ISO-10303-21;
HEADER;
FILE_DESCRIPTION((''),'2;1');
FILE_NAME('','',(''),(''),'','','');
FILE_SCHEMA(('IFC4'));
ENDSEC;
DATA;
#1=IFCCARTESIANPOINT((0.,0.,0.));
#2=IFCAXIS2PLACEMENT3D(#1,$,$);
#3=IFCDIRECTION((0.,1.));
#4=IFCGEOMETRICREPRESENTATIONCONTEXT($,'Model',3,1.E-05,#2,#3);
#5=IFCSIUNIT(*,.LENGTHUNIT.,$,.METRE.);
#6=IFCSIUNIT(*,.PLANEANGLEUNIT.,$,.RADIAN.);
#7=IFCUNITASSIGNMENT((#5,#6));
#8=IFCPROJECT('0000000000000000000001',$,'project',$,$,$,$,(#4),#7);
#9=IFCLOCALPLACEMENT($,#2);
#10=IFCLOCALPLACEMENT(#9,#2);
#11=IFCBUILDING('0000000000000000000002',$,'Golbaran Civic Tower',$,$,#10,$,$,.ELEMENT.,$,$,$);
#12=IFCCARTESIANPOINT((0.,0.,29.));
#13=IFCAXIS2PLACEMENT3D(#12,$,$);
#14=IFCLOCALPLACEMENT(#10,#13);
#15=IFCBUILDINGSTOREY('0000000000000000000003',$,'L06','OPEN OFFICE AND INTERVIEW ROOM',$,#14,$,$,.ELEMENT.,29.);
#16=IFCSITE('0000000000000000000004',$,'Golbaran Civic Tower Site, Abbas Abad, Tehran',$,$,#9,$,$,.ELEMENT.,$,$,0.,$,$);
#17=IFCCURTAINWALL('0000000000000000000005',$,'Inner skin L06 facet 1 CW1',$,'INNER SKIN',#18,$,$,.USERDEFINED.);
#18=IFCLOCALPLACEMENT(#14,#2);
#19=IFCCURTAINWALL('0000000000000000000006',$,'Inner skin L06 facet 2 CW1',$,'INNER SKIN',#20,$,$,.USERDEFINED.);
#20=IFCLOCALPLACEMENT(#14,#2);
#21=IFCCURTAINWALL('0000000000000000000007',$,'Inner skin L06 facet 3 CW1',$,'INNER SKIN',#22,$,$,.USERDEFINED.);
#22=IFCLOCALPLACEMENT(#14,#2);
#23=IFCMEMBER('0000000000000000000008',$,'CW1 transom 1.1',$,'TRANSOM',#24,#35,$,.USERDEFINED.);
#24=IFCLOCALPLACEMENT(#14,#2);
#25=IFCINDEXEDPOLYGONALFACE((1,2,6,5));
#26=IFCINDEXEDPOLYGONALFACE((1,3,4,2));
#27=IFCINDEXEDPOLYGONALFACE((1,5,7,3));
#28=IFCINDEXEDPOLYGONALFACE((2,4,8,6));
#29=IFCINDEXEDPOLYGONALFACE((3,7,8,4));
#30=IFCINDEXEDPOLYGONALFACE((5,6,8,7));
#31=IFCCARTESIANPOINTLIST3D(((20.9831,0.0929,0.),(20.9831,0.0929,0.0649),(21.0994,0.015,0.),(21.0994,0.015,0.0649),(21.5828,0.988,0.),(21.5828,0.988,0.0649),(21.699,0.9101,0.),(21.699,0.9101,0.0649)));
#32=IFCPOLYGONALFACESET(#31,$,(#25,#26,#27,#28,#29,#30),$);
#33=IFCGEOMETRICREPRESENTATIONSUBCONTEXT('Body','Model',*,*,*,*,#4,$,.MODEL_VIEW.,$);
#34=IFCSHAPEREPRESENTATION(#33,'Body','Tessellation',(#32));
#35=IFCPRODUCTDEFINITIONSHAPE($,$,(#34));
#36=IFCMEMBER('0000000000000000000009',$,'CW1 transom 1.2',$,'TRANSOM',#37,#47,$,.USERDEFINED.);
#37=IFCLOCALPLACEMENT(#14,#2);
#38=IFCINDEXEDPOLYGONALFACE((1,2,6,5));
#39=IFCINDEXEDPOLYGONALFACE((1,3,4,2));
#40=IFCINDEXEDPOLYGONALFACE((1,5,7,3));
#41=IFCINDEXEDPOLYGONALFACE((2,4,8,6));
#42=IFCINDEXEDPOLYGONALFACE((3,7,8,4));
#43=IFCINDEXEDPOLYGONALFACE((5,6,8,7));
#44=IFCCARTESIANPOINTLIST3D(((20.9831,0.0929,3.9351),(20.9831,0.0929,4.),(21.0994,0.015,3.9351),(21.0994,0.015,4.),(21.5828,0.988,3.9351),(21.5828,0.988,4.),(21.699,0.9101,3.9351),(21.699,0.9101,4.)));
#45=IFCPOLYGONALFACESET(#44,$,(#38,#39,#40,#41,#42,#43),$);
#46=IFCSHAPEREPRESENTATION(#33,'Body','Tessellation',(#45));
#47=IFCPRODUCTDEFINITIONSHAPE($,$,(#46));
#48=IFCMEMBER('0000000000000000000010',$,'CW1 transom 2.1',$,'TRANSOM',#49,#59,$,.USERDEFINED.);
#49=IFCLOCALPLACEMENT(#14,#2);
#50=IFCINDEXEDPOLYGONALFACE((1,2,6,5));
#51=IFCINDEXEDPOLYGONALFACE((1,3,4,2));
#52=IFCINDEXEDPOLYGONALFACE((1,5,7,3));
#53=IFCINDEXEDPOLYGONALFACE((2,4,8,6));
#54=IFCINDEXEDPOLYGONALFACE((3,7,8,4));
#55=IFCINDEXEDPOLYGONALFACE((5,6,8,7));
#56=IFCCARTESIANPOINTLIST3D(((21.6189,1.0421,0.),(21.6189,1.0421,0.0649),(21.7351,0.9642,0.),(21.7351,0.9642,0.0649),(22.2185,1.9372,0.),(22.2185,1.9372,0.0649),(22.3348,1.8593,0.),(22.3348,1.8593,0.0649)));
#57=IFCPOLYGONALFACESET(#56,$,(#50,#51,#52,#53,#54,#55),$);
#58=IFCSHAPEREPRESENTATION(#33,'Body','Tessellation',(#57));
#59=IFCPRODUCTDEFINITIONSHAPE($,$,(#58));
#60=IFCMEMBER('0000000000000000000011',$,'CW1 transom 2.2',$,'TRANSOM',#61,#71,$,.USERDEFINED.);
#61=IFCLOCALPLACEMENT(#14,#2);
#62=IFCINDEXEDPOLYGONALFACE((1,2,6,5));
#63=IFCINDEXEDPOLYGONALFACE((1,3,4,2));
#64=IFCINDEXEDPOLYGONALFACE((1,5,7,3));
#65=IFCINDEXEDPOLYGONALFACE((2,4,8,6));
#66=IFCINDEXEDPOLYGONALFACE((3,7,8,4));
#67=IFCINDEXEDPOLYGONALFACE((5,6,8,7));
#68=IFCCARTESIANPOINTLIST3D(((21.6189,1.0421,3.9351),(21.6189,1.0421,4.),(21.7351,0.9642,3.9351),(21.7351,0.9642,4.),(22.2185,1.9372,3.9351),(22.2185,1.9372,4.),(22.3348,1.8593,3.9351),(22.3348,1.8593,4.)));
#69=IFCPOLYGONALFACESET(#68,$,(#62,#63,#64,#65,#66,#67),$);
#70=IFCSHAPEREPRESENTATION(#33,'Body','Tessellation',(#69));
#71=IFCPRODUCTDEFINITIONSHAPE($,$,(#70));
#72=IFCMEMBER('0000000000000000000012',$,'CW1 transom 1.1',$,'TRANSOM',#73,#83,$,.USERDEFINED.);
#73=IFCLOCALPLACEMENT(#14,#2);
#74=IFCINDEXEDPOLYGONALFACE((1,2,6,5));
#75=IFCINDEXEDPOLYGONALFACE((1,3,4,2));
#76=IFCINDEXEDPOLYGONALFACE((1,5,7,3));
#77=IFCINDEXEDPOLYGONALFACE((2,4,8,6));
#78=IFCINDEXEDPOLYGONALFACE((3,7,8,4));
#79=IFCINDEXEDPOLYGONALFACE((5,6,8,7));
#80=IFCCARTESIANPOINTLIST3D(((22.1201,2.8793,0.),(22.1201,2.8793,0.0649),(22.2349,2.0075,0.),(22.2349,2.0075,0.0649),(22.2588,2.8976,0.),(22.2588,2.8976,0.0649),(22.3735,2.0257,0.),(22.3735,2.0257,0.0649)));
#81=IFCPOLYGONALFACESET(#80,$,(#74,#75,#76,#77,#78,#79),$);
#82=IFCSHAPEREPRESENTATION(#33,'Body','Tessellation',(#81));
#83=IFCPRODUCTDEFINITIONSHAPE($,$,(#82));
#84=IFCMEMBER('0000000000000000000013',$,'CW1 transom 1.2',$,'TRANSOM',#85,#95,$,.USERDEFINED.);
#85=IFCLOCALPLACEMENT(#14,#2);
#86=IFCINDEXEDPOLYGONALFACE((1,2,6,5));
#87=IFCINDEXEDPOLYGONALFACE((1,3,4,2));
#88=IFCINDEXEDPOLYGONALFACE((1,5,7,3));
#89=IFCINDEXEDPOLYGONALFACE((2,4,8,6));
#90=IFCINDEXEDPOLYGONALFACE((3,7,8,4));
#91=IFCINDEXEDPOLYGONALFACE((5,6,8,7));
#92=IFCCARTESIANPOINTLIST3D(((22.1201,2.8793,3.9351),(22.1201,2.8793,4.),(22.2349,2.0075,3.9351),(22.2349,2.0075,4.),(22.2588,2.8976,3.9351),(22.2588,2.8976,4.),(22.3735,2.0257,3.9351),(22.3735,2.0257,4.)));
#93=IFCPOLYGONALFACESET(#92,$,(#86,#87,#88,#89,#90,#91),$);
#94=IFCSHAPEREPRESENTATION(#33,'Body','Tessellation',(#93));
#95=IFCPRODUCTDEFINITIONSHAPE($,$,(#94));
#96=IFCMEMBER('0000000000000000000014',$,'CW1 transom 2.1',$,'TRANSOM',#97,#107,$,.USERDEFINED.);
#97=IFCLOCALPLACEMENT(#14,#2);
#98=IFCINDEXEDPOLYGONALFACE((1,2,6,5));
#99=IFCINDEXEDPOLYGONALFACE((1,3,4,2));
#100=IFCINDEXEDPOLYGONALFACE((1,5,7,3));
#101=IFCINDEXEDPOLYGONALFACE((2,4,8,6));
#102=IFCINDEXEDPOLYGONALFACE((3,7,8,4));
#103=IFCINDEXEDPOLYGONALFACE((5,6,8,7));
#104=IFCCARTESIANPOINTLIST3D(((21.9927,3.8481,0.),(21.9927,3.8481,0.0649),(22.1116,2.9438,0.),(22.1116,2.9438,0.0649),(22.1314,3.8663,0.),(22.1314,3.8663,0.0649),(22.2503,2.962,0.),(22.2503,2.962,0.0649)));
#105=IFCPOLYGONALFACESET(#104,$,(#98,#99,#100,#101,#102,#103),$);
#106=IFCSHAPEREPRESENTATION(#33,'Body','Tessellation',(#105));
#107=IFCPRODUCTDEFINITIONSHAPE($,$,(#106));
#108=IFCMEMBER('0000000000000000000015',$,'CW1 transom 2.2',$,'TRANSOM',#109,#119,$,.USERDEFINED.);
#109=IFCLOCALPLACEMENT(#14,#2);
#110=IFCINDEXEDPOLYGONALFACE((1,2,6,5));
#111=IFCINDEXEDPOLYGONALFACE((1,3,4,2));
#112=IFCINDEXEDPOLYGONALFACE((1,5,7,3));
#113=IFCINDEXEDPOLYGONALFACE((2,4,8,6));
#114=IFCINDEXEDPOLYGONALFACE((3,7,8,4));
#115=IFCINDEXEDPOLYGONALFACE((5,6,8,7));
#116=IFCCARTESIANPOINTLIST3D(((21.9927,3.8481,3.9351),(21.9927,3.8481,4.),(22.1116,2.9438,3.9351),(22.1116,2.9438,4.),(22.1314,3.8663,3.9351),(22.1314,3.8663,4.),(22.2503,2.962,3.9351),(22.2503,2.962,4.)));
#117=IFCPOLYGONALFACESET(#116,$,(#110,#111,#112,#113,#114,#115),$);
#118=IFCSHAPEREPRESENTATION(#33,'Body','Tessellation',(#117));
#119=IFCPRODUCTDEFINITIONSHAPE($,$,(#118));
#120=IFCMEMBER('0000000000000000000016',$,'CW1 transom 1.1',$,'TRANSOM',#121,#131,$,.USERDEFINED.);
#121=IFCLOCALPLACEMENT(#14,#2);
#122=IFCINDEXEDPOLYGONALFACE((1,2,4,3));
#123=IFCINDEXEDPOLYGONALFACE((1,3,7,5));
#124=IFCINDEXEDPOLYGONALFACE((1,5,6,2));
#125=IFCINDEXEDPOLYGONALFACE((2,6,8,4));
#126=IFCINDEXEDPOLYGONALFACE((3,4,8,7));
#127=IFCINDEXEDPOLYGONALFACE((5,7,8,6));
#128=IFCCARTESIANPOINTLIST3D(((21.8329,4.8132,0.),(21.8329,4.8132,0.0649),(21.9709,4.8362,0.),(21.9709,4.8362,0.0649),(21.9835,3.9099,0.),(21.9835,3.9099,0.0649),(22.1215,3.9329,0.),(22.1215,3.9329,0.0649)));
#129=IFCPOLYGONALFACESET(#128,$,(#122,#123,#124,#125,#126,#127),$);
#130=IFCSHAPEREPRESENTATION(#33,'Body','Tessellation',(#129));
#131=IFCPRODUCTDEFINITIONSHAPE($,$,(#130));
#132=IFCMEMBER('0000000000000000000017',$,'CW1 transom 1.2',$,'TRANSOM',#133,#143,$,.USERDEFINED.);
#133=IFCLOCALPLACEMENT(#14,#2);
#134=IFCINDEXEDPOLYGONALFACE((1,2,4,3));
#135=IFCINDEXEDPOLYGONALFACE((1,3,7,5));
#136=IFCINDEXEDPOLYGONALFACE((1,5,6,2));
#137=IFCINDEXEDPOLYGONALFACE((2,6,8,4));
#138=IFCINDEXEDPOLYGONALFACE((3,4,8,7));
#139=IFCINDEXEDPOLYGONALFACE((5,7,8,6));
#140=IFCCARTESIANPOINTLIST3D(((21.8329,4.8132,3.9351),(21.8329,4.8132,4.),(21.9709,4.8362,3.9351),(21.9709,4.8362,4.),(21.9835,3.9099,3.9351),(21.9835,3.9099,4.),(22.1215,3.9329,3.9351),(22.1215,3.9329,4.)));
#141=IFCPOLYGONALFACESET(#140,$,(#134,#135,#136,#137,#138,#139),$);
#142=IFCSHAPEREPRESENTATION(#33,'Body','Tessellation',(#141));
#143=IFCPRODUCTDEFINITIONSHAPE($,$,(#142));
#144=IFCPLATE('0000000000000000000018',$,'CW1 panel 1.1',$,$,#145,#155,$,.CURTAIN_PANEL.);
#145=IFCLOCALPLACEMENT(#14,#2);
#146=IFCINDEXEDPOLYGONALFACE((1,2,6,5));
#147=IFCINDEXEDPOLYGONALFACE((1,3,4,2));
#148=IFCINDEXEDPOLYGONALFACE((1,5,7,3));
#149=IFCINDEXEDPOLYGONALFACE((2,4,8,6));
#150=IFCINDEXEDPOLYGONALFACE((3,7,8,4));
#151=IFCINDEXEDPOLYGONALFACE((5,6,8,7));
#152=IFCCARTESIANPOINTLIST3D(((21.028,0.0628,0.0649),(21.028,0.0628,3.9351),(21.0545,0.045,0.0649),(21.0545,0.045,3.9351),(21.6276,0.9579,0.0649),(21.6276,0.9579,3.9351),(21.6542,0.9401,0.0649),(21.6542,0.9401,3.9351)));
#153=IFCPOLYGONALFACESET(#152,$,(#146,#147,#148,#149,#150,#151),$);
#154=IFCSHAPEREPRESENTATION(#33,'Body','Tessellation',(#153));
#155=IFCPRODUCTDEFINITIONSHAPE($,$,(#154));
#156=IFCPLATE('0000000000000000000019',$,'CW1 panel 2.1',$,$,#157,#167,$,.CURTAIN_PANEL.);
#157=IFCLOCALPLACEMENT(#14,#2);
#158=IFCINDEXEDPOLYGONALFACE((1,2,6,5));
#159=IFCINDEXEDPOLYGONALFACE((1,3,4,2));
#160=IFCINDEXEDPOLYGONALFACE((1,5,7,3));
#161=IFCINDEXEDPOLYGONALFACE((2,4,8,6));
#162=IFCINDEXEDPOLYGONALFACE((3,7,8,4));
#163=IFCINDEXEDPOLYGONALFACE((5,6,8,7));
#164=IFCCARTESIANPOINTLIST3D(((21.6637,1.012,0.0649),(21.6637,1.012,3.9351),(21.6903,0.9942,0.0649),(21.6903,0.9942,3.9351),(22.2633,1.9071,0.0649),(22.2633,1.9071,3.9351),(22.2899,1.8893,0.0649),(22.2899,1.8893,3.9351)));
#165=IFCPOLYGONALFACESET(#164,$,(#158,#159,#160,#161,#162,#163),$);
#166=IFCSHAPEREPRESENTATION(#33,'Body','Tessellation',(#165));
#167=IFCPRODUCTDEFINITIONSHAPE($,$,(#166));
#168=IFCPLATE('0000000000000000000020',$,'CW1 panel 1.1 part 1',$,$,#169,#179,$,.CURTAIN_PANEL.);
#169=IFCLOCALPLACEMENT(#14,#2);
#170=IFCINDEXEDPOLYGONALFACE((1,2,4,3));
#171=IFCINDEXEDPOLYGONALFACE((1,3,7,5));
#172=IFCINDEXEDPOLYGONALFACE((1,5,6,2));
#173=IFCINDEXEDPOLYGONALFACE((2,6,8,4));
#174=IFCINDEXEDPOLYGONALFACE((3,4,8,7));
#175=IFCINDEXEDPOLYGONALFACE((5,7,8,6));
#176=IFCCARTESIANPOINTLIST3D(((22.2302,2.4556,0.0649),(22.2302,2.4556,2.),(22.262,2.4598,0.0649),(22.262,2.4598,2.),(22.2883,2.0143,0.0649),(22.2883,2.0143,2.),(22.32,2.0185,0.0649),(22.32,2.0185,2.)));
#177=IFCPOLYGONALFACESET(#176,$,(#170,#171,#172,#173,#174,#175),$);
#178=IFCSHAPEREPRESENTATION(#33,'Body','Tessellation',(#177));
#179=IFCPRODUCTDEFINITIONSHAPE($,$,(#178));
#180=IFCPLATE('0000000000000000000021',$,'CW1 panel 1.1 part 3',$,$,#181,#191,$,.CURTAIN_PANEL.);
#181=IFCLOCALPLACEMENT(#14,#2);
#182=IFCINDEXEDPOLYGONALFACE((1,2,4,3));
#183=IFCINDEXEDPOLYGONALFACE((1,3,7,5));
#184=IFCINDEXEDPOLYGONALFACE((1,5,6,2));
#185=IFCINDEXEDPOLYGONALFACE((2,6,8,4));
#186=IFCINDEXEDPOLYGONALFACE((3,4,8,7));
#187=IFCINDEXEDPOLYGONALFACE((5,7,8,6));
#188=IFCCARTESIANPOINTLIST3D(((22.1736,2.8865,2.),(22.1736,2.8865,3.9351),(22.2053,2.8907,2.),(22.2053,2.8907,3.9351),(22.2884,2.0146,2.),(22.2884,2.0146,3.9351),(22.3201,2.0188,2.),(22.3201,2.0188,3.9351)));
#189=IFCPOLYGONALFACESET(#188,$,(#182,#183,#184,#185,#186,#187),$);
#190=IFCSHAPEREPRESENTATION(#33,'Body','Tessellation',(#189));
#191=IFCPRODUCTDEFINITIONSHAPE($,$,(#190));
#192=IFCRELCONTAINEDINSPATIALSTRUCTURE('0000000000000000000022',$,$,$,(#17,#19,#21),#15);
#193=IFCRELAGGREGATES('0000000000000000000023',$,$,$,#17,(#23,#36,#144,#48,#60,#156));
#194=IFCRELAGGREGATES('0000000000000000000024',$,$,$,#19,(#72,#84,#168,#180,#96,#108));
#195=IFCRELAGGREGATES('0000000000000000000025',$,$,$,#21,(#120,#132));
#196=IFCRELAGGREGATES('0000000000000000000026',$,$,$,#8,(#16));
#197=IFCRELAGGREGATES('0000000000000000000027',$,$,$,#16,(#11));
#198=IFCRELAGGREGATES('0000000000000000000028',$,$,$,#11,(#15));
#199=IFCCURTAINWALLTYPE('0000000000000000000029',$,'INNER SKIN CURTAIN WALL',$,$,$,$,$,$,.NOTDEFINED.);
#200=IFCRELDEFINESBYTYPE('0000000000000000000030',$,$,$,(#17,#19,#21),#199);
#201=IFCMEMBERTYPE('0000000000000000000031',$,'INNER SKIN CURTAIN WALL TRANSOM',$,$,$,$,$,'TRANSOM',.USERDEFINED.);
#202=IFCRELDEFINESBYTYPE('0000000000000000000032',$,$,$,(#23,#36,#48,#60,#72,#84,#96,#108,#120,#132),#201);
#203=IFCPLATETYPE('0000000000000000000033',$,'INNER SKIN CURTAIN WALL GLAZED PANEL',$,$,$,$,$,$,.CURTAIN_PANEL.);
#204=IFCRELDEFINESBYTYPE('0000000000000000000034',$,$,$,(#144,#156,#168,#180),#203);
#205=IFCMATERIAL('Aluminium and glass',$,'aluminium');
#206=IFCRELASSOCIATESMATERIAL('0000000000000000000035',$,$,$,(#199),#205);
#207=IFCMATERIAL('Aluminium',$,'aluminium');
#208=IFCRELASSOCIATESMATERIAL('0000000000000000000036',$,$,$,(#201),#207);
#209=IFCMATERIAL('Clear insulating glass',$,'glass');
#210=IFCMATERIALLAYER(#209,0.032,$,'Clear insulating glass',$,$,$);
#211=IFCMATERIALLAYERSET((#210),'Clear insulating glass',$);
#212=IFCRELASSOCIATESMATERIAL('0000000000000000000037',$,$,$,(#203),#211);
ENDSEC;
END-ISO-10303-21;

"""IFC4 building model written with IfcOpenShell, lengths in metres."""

from ifc_helpers import new_model, si_unit, direction, frame, origin, origin_2d, place, context, subcontext, project, spatial, rectangle, extrude, material, layer, layer_set, material_profile, profile_set, type_object, element, aggregate, save


model = new_model("IFC4")

# Units and contexts
model_context = context("Model", 3, precision=1e-05, world=origin(), true_north=direction((0.0, 1.0)))
body_context = subcontext(model_context, "Body", "Model", "MODEL_VIEW")
ifc_project = project(units=[si_unit("LENGTHUNIT", "METRE"), si_unit("PLANEANGLEUNIT", "RADIAN")], contexts=[model_context])

# Site, building, storey
site_placement = place(None, origin())
site = spatial("IfcSite", under=ifc_project, at=site_placement, Name="Golbaran Civic Tower Site, Abbas Abad, Tehran", CompositionType="ELEMENT", RefElevation=0.0)
building_placement = place(site_placement, origin())
building = spatial("IfcBuilding", under=site, at=building_placement, Name="Golbaran Civic Tower", CompositionType="ELEMENT")
storey_placement = place(building_placement, frame((0.0, 0.0, 29.0)))
storey = spatial("IfcBuildingStorey", under=building, at=storey_placement, Name="L06", Description="OPEN OFFICE AND INTERVIEW ROOM", CompositionType="ELEMENT", Elevation=29.0)

# Curtain walls
ifc_material_1 = material(Name="Aluminium and glass", Category="aluminium")
curtain_wall_type = type_object("IfcCurtainWallType", Name="INNER SKIN CURTAIN WALL", PredefinedType="NOTDEFINED", material=ifc_material_1)
curtain_wall_1_placement = place(storey_placement, origin())
curtain_wall_1 = element("IfcCurtainWall", 1, at=curtain_wall_1_placement, inside=storey, type_object=curtain_wall_type, Name="Inner skin L06 facet 1 CW1", ObjectType="INNER SKIN", PredefinedType="USERDEFINED")
ifc_material_2 = material(Name="Aluminium", Category="aluminium")
curtain_wall_2_placement = place(storey_placement, origin())
curtain_wall_2 = element("IfcCurtainWall", 2, at=curtain_wall_2_placement, inside=storey, type_object=curtain_wall_type, Name="Inner skin L06 facet 2 CW1", ObjectType="INNER SKIN", PredefinedType="USERDEFINED")

# Curtain wall
curtain_wall_3_placement = place(storey_placement, origin())
curtain_wall_3 = element("IfcCurtainWall", 3, at=curtain_wall_3_placement, inside=storey, type_object=curtain_wall_type, Name="Inner skin L06 facet 3 CW1", ObjectType="INNER SKIN", PredefinedType="USERDEFINED")

# Members
ifc_material_profile_1 = material_profile(ifc_material_2, rectangle(XDim=0.1399, YDim=0.0649, at=origin_2d()), Name="INNER SKIN CURTAIN WALL TRANSOM")
ifc_profile_set_1 = profile_set([ifc_material_profile_1], Name="Aluminium")
member_type_1 = type_object("IfcMemberType", Name="INNER SKIN CURTAIN WALL TRANSOM", ElementType="TRANSOM", PredefinedType="USERDEFINED", material=ifc_profile_set_1)
member_1_placement = place(storey_placement, frame((21.0413, 0.054, 0.0325), z_axis=(0.556581, 0.830793, 0.0), x_axis=(-0.830793, 0.556581, 0.0)))
member_1 = element("IfcMember", 4, at=member_1_placement, type_object=member_type_1, Name="CW1 transom 1.1", ObjectType="TRANSOM", PredefinedType="USERDEFINED", context=body_context, shape_type="SweptSolid", body=[
    extrude(rectangle(XDim=0.1399, YDim=0.0649, at=origin_2d()), origin(), (0.0, 0.0, 1.0), 1.0774),
])
member_2_placement = place(storey_placement, frame((21.0413, 0.054, 3.9675), z_axis=(0.556581, 0.830793, 0.0), x_axis=(-0.830793, 0.556581, 0.0)))
member_2 = element("IfcMember", 5, at=member_2_placement, type_object=member_type_1, Name="CW1 transom 1.2", ObjectType="TRANSOM", PredefinedType="USERDEFINED", context=body_context, shape_type="SweptSolid", body=[
    extrude(rectangle(XDim=0.1399, YDim=0.0649, at=origin_2d()), origin(), (0.0, 0.0, 1.0), 1.0774),
])
member_3_placement = place(storey_placement, frame((21.677, 1.0032, 0.0325), z_axis=(0.556581, 0.830793, 0.0), x_axis=(-0.830793, 0.556581, 0.0)))
member_3 = element("IfcMember", 6, at=member_3_placement, type_object=member_type_1, Name="CW1 transom 2.1", ObjectType="TRANSOM", PredefinedType="USERDEFINED", context=body_context, shape_type="SweptSolid", body=[
    extrude(rectangle(XDim=0.1399, YDim=0.0649, at=origin_2d()), origin(), (0.0, 0.0, 1.0), 1.0774),
])
member_4_placement = place(storey_placement, frame((21.677, 1.0032, 3.9675), z_axis=(0.556581, 0.830793, 0.0), x_axis=(-0.830793, 0.556581, 0.0)))
member_4 = element("IfcMember", 7, at=member_4_placement, type_object=member_type_1, Name="CW1 transom 2.2", ObjectType="TRANSOM", PredefinedType="USERDEFINED", context=body_context, shape_type="SweptSolid", body=[
    extrude(rectangle(XDim=0.1399, YDim=0.0649, at=origin_2d()), origin(), (0.0, 0.0, 1.0), 1.0774),
])
member_5_placement = place(storey_placement, frame((22.3042, 2.0166, 0.0325), z_axis=(-0.13049, 0.99145, 0.0), x_axis=(-0.99145, -0.13049, 0.0)))
member_5 = element("IfcMember", 8, at=member_5_placement, type_object=member_type_1, Name="CW1 transom 1.1", ObjectType="TRANSOM", PredefinedType="USERDEFINED", context=body_context, shape_type="SweptSolid", body=[
    extrude(rectangle(XDim=0.1399, YDim=0.0649, at=origin_2d()), origin(), (0.0, 0.0, 1.0), 0.8794),
])
member_6_placement = place(storey_placement, frame((22.3042, 2.0166, 3.9675), z_axis=(-0.13049, 0.99145, 0.0), x_axis=(-0.99145, -0.13049, 0.0)))
member_6 = element("IfcMember", 9, at=member_6_placement, type_object=member_type_1, Name="CW1 transom 1.2", ObjectType="TRANSOM", PredefinedType="USERDEFINED", context=body_context, shape_type="SweptSolid", body=[
    extrude(rectangle(XDim=0.1399, YDim=0.0649, at=origin_2d()), origin(), (0.0, 0.0, 1.0), 0.8794),
])
member_7_placement = place(storey_placement, frame((22.1809, 2.9529, 0.0325), z_axis=(-0.130358, 0.991467, 0.0), x_axis=(-0.991467, -0.130358, 0.0)))
member_7 = element("IfcMember", 10, at=member_7_placement, type_object=member_type_1, Name="CW1 transom 2.1", ObjectType="TRANSOM", PredefinedType="USERDEFINED", context=body_context, shape_type="SweptSolid", body=[
    extrude(rectangle(XDim=0.1399, YDim=0.0649, at=origin_2d()), origin(), (0.0, 0.0, 1.0), 0.9121),
])
member_8_placement = place(storey_placement, frame((22.1809, 2.9529, 3.9675), z_axis=(-0.130358, 0.991467, 0.0), x_axis=(-0.991467, -0.130358, 0.0)))
member_8 = element("IfcMember", 11, at=member_8_placement, type_object=member_type_1, Name="CW1 transom 2.2", ObjectType="TRANSOM", PredefinedType="USERDEFINED", context=body_context, shape_type="SweptSolid", body=[
    extrude(rectangle(XDim=0.1399, YDim=0.0649, at=origin_2d()), origin(), (0.0, 0.0, 1.0), 0.9121),
])
member_9_placement = place(storey_placement, frame((22.0525, 3.9214, 0.0325), z_axis=(-0.164485, 0.98638, 0.0), x_axis=(-0.98638, -0.164485, 0.0)))
member_9 = element("IfcMember", 12, at=member_9_placement, type_object=member_type_1, Name="CW1 transom 1.1", ObjectType="TRANSOM", PredefinedType="USERDEFINED", context=body_context, shape_type="SweptSolid", body=[
    extrude(rectangle(XDim=0.1399, YDim=0.0649, at=origin_2d()), origin(), (0.0, 0.0, 1.0), 0.9158),
])
member_10_placement = place(storey_placement, frame((22.0525, 3.9214, 3.9675), z_axis=(-0.164485, 0.98638, 0.0), x_axis=(-0.98638, -0.164485, 0.0)))
member_10 = element("IfcMember", 13, at=member_10_placement, type_object=member_type_1, Name="CW1 transom 1.2", ObjectType="TRANSOM", PredefinedType="USERDEFINED", context=body_context, shape_type="SweptSolid", body=[
    extrude(rectangle(XDim=0.1399, YDim=0.0649, at=origin_2d()), origin(), (0.0, 0.0, 1.0), 0.9158),
])

# Plates
ifc_material_3 = material(Name="Clear insulating glass", Category="glass")
ifc_layer_1 = layer(ifc_material_3, 0.032, Name="Clear insulating glass")
ifc_layer_set_1 = layer_set([ifc_layer_1], Name="Clear insulating glass")
plate_type_1 = type_object("IfcPlateType", Name="INNER SKIN CURTAIN WALL GLAZED PANEL", PredefinedType="CURTAIN_PANEL", material=ifc_layer_set_1)
plate_1_placement = place(storey_placement, frame((21.3411, 0.5015, 0.0649), z_axis=(0.0, 0.0, 1.0), x_axis=(0.556572, 0.830799, 0.0)))
plate_1 = element("IfcPlate", 14, at=plate_1_placement, type_object=plate_type_1, Name="CW1 panel 1.1", PredefinedType="CURTAIN_PANEL", context=body_context, shape_type="SweptSolid", body=[
    extrude(rectangle(XDim=1.0774, YDim=0.032, at=origin_2d()), origin(), (0.0, 0.0, 1.0), 3.8701),
])
plate_2_placement = place(storey_placement, frame((21.9768, 1.4507, 0.0649), z_axis=(0.0, 0.0, 1.0), x_axis=(0.556572, 0.830799, 0.0)))
plate_2 = element("IfcPlate", 15, at=plate_2_placement, type_object=plate_type_1, Name="CW1 panel 2.1", PredefinedType="CURTAIN_PANEL", context=body_context, shape_type="SweptSolid", body=[
    extrude(rectangle(XDim=1.0774, YDim=0.032, at=origin_2d()), origin(), (0.0, 0.0, 1.0), 3.8701),
])
aggregate(curtain_wall_1, [member_1, member_2, plate_1, member_3, member_4, plate_2])
plate_3_placement = place(storey_placement, frame((22.2751, 2.2371, 0.0649), z_axis=(0.0, 0.0, 1.0), x_axis=(-0.130526, 0.991445, 0.0)))
plate_3 = element("IfcPlate", 16, at=plate_3_placement, type_object=plate_type_1, Name="CW1 panel 1.1 part 1", PredefinedType="CURTAIN_PANEL", context=body_context, shape_type="SweptSolid", body=[
    extrude(rectangle(XDim=0.4451, YDim=0.032, at=origin_2d()), origin(), (0.0, 0.0, 1.0), 1.9351),
])
plate_4_placement = place(storey_placement, frame((22.2468, 2.4526, 2.0), z_axis=(0.0, 0.0, 1.0), x_axis=(-0.130526, 0.991445, 0.0)))
plate_4 = element("IfcPlate", 17, at=plate_4_placement, type_object=plate_type_1, Name="CW1 panel 1.1 part 3", PredefinedType="CURTAIN_PANEL", context=body_context, shape_type="SweptSolid", body=[
    extrude(rectangle(XDim=0.8794, YDim=0.032, at=origin_2d()), origin(), (0.0, 0.0, 1.0), 1.9351),
])
aggregate(curtain_wall_2, [member_5, member_6, plate_3, plate_4, member_7, member_8])
aggregate(curtain_wall_3, [member_9, member_10])

save(model, "model.ifc")
